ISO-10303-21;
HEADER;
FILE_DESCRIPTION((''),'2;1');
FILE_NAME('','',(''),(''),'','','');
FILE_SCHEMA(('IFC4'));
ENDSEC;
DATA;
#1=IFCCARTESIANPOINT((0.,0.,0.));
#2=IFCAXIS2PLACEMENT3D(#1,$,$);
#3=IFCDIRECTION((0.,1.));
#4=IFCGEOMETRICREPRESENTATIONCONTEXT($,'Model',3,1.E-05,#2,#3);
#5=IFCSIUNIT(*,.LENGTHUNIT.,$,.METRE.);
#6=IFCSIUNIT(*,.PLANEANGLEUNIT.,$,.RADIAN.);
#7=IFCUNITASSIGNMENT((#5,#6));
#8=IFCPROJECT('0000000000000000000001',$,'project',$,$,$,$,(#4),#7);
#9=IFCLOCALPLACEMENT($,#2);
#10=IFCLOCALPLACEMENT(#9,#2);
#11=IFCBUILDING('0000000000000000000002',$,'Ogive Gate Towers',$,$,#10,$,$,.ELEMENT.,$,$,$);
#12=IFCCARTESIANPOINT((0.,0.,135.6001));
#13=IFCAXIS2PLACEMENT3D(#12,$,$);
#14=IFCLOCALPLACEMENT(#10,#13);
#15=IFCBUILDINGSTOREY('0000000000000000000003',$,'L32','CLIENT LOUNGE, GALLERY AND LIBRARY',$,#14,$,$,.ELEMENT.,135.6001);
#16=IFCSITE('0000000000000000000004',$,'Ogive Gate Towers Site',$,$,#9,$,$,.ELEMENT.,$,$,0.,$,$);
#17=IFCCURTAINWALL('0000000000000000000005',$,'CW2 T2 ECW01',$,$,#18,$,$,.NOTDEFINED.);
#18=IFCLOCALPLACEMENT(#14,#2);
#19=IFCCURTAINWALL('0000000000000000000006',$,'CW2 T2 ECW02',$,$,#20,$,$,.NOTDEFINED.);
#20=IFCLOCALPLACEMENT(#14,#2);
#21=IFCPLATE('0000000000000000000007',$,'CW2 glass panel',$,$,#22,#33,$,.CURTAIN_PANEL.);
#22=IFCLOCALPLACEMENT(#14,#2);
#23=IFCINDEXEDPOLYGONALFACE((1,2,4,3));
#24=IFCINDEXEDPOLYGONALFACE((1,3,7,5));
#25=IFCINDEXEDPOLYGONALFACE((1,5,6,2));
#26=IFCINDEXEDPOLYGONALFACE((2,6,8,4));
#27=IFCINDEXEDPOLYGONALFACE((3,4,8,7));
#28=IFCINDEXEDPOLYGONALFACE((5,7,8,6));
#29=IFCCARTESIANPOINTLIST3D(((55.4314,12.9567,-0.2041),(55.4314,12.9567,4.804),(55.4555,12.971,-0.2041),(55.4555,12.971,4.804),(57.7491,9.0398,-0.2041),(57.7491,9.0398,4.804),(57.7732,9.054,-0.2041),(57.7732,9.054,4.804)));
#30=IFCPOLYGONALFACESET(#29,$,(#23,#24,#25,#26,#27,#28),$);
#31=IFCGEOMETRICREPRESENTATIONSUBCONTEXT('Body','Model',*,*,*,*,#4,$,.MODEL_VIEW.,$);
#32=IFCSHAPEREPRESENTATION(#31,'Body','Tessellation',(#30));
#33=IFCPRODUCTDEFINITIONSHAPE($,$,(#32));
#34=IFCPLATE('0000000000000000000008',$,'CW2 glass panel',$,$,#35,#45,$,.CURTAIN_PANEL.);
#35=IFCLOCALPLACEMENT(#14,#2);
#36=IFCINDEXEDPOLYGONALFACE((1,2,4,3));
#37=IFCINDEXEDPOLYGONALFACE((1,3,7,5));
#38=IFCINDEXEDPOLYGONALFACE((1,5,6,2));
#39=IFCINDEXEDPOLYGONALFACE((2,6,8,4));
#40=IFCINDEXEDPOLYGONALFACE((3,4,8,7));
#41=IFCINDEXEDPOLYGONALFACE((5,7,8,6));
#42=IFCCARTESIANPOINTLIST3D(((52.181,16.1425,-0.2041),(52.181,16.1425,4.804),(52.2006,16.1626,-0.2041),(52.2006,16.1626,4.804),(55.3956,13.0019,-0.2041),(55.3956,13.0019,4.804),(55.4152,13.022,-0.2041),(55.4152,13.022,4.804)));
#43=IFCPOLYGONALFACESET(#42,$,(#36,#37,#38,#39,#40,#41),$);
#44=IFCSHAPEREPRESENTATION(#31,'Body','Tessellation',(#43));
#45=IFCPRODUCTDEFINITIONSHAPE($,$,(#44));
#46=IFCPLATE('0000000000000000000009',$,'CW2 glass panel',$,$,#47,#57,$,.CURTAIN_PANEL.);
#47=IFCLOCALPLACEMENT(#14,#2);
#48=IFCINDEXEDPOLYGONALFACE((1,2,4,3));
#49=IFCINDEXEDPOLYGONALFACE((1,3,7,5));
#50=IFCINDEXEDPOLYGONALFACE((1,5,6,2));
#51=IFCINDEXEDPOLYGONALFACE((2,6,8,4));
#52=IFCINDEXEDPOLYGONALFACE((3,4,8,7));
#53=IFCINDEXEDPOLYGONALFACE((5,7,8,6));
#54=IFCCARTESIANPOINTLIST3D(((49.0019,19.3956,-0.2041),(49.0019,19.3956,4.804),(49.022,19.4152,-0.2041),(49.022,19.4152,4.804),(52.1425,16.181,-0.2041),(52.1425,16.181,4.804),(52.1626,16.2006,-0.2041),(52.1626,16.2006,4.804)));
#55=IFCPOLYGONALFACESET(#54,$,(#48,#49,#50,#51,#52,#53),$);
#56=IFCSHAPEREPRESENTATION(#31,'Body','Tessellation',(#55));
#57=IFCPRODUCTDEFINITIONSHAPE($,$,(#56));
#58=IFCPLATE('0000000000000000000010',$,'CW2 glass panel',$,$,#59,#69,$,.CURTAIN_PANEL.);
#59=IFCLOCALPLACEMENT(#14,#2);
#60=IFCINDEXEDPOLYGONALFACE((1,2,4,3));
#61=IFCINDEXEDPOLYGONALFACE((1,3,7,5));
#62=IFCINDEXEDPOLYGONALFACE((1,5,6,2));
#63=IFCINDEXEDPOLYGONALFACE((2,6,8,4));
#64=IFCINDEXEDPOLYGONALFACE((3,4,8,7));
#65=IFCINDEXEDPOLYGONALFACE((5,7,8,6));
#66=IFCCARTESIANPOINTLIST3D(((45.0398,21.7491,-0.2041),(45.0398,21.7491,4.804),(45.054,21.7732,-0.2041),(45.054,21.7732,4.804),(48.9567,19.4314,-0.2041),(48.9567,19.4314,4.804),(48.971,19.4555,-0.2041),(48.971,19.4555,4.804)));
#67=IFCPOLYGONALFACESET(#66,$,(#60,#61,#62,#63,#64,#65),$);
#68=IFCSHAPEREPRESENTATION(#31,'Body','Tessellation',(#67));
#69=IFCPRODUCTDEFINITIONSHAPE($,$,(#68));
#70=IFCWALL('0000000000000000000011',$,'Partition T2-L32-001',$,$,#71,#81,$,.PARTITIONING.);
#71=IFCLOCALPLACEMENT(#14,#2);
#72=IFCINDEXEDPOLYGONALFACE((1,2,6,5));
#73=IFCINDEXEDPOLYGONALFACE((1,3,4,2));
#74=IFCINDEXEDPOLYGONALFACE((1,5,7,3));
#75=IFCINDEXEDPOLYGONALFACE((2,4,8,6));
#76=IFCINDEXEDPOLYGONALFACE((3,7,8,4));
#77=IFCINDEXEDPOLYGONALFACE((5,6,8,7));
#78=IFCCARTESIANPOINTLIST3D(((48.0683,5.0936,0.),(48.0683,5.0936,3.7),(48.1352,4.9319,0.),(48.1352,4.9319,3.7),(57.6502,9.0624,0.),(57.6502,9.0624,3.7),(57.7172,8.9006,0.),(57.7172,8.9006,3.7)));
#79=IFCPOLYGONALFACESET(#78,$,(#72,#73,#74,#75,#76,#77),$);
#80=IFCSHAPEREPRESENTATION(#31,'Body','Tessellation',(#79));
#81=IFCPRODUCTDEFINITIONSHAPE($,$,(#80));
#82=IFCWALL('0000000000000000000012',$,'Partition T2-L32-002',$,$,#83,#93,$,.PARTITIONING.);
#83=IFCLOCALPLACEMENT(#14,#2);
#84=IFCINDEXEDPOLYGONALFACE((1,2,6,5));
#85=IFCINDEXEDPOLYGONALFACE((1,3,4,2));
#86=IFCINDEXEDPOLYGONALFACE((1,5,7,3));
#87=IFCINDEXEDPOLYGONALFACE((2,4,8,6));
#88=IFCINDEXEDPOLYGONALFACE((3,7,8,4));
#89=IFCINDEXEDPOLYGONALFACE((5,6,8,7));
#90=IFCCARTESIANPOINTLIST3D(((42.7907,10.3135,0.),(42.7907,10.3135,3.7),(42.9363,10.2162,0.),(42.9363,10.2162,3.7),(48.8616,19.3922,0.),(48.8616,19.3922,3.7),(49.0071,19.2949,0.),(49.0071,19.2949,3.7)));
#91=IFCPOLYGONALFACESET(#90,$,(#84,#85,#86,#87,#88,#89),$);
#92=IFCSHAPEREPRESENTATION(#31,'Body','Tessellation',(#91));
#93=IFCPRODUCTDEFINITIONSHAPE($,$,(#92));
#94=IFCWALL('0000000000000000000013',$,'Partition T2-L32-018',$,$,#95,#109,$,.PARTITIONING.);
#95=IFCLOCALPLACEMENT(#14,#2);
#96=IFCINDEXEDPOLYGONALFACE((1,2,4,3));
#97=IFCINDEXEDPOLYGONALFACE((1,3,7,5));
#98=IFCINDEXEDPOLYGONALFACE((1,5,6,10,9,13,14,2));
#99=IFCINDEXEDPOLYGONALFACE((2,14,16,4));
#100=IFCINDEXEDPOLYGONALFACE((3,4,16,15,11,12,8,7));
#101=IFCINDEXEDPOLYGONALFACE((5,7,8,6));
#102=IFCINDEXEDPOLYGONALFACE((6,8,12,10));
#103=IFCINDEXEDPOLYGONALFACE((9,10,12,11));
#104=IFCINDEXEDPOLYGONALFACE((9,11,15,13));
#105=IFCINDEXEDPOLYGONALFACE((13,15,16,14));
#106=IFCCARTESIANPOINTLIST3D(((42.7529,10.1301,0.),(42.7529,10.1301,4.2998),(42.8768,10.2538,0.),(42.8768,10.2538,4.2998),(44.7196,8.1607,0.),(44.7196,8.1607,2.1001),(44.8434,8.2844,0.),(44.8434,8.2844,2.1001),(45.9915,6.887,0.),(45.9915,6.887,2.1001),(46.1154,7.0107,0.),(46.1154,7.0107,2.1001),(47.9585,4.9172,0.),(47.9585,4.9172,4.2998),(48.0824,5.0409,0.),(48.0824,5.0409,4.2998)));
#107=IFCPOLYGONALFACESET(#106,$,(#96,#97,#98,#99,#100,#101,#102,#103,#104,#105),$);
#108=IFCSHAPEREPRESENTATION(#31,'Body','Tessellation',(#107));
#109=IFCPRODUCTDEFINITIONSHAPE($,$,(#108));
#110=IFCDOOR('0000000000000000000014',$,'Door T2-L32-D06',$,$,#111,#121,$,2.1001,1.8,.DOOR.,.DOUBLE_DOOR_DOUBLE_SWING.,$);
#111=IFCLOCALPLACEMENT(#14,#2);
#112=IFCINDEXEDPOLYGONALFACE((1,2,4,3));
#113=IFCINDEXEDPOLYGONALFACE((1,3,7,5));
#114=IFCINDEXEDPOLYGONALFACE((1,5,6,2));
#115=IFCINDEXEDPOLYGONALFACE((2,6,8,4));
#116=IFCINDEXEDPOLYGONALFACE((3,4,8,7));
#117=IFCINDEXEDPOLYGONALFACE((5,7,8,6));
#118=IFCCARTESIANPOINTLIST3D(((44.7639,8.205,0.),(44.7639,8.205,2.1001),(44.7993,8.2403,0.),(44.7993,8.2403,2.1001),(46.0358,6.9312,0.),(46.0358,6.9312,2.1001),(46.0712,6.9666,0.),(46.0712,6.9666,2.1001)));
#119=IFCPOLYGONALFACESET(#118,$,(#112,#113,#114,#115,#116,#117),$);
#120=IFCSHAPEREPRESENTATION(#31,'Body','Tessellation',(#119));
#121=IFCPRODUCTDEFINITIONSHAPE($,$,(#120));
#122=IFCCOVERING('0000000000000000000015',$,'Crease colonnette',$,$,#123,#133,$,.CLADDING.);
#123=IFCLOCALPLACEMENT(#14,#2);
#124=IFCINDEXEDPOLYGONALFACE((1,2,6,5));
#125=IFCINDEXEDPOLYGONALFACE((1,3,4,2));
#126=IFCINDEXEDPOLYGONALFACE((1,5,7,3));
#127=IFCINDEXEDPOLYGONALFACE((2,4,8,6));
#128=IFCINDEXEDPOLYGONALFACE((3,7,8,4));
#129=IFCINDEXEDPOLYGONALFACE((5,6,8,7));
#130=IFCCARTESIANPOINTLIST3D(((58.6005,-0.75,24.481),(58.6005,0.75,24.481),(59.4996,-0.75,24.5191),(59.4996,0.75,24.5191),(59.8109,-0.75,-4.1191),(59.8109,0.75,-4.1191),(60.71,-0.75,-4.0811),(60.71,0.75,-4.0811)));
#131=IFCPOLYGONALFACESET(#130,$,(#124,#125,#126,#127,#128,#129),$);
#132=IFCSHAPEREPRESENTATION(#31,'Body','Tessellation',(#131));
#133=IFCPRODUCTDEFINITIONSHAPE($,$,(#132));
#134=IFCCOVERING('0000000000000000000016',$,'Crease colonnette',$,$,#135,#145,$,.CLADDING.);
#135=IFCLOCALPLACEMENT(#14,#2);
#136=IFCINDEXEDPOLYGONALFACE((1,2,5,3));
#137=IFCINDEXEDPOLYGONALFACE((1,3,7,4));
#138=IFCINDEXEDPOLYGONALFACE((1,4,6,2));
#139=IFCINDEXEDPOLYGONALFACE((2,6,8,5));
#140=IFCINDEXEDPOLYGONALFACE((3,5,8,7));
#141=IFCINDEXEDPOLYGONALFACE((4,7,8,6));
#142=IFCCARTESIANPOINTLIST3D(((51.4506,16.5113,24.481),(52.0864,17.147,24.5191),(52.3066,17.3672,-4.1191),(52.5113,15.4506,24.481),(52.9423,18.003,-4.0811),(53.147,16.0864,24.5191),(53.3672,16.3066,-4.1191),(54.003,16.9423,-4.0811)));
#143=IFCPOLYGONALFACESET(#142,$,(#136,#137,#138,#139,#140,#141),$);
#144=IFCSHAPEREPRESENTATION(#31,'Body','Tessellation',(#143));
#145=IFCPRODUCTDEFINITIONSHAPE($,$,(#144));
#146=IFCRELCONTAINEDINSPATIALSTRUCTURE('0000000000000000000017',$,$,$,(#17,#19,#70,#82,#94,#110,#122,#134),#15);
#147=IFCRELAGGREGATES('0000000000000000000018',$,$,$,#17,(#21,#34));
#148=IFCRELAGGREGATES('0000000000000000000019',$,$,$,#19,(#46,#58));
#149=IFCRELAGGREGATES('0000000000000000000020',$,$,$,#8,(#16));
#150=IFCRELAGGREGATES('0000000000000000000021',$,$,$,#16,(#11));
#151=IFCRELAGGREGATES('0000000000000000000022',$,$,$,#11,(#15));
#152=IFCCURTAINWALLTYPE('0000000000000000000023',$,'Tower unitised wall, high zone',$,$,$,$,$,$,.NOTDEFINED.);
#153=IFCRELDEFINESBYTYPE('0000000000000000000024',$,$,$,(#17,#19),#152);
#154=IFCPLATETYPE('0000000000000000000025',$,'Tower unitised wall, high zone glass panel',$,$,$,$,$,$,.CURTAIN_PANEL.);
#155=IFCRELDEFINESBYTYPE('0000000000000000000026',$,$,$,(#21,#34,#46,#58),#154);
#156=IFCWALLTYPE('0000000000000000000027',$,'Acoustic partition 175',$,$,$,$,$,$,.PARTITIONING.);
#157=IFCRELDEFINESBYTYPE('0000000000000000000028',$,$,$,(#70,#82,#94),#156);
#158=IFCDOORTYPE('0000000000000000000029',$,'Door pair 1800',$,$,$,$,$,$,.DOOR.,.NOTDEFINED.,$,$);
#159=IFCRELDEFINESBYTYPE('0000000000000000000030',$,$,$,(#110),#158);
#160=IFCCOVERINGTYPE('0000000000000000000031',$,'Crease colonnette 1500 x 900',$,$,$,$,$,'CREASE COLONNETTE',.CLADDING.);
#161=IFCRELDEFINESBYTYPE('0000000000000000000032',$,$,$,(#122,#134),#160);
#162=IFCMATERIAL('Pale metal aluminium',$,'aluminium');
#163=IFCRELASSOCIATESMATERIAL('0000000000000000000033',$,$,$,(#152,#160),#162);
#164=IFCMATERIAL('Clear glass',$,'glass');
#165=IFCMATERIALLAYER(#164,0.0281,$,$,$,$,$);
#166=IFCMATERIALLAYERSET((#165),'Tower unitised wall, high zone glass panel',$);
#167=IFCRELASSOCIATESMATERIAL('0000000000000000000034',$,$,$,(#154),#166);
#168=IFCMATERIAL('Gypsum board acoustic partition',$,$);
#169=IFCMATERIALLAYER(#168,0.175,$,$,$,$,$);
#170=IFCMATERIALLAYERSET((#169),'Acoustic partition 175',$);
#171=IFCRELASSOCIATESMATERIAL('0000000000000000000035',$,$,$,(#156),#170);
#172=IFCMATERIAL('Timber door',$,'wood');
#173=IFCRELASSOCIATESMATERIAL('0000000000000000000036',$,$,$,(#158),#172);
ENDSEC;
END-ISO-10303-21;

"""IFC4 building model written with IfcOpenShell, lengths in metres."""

from ifc_helpers import new_model, si_unit, direction, frame, frame_2d, origin, origin_2d, place, context, subcontext, project, spatial, rectangle, extrude, material, layer, layer_set, material_profile, profile_set, type_object, element, fill, aggregate, save


model = new_model("IFC4")

# Units and contexts
model_context = context("Model", 3, precision=1e-05, world=origin(), true_north=direction((0.0, 1.0)))
body_context = subcontext(model_context, "Body", "Model", "MODEL_VIEW")
ifc_project = project(units=[si_unit("LENGTHUNIT", "METRE"), si_unit("PLANEANGLEUNIT", "RADIAN")], contexts=[model_context])

# Site, building, storey
site_placement = place(None, origin())
site = spatial("IfcSite", under=ifc_project, at=site_placement, Name="Ogive Gate Towers Site", CompositionType="ELEMENT", RefElevation=0.0)
building_placement = place(site_placement, origin())
building = spatial("IfcBuilding", under=site, at=building_placement, Name="Ogive Gate Towers", CompositionType="ELEMENT")
storey_placement = place(building_placement, frame((0.0, 0.0, 135.6001)))
storey = spatial("IfcBuildingStorey", under=building, at=storey_placement, Name="L32", Description="CLIENT LOUNGE, GALLERY AND LIBRARY", CompositionType="ELEMENT", Elevation=135.6001)

# Curtain wall
ifc_material_1 = material(Name="Pale metal aluminium", Category="aluminium")
curtain_wall_type = type_object("IfcCurtainWallType", Name="Tower unitised wall, high zone", PredefinedType="NOTDEFINED", material=ifc_material_1)
curtain_wall_1_placement = place(storey_placement, origin())
curtain_wall_1 = element("IfcCurtainWall", 1, at=curtain_wall_1_placement, inside=storey, type_object=curtain_wall_type, Name="CW2 T2 ECW01", PredefinedType="NOTDEFINED")

# Curtain wall
curtain_wall_2_placement = place(storey_placement, origin())
curtain_wall_2 = element("IfcCurtainWall", 2, at=curtain_wall_2_placement, inside=storey, type_object=curtain_wall_type, Name="CW2 T2 ECW02", PredefinedType="NOTDEFINED")

# Plates
ifc_material_2 = material(Name="Clear glass", Category="glass")
ifc_layer_1 = layer(ifc_material_2, 0.0281)
ifc_layer_set_1 = layer_set([ifc_layer_1], Name="Tower unitised wall, high zone glass panel")
plate_type = type_object("IfcPlateType", Name="Tower unitised wall, high zone glass panel", PredefinedType="CURTAIN_PANEL", material=ifc_layer_set_1)
plate_1_placement = place(storey_placement, frame((56.6023, 11.0054, -0.2041), z_axis=(0.0, 0.0, 1.0), x_axis=(-0.509237, 0.860627, 0.0)))
plate_1 = element("IfcPlate", 3, at=plate_1_placement, type_object=plate_type, Name="CW2 glass panel", PredefinedType="CURTAIN_PANEL", context=body_context, shape_type="SweptSolid", body=[
    extrude(rectangle(XDim=4.5513, YDim=0.0281, at=origin_2d()), origin(), (0.0, 0.0, 1.0), 5.0081),
])
plate_2_placement = place(storey_placement, frame((53.7981, 14.5823, -0.2041), z_axis=(0.0, 0.0, 1.0), x_axis=(-0.715303, 0.698815, 0.0)))
plate_2 = element("IfcPlate", 4, at=plate_2_placement, type_object=plate_type, Name="CW2 glass panel", PredefinedType="CURTAIN_PANEL", context=body_context, shape_type="SweptSolid", body=[
    extrude(rectangle(XDim=4.4941, YDim=0.0281, at=origin_2d()), origin(), (0.0, 0.0, 1.0), 5.0081),
])
aggregate(curtain_wall_1, [plate_1, plate_2])
plate_3_placement = place(storey_placement, frame((50.5823, 17.7981, -0.2041), z_axis=(0.0, 0.0, 1.0), x_axis=(-0.698815, 0.715303, 0.0)))
plate_3 = element("IfcPlate", 5, at=plate_3_placement, type_object=plate_type, Name="CW2 glass panel", PredefinedType="CURTAIN_PANEL", context=body_context, shape_type="SweptSolid", body=[
    extrude(rectangle(XDim=4.4941, YDim=0.0281, at=origin_2d()), origin(), (0.0, 0.0, 1.0), 5.0081),
])
plate_4_placement = place(storey_placement, frame((47.0054, 20.6023, -0.2041), z_axis=(0.0, 0.0, 1.0), x_axis=(-0.860627, 0.509237, 0.0)))
plate_4 = element("IfcPlate", 6, at=plate_4_placement, type_object=plate_type, Name="CW2 glass panel", PredefinedType="CURTAIN_PANEL", context=body_context, shape_type="SweptSolid", body=[
    extrude(rectangle(XDim=4.5513, YDim=0.0281, at=origin_2d()), origin(), (0.0, 0.0, 1.0), 5.0081),
])
aggregate(curtain_wall_2, [plate_3, plate_4])

# Walls
ifc_material_3 = material(Name="Gypsum board acoustic partition")
ifc_layer_2 = layer(ifc_material_3, 0.175)
ifc_layer_set_2 = layer_set([ifc_layer_2], Name="Acoustic partition 175")
wall_type = type_object("IfcWallType", Name="Acoustic partition 175", PredefinedType="PARTITIONING", material=ifc_layer_set_2)
wall_1_placement = place(storey_placement, frame((57.6836, 8.9814, 0.0), z_axis=(0.0, 0.0, 1.0), x_axis=(-0.923888, -0.382662, 0.0)))
element("IfcWall", 7, at=wall_1_placement, inside=storey, type_object=wall_type, Name="Partition T2-L32-001", PredefinedType="PARTITIONING", context=body_context, shape_type="SweptSolid", body=[
    extrude(rectangle(XDim=10.3713, YDim=0.175, at=frame_2d((5.1855, 0.0))), origin(), (0.0, 0.0, 1.0), 3.7),
])
wall_2_placement = place(storey_placement, frame((48.9343, 19.3435, 0.0), z_axis=(0.0, 0.0, 1.0), x_axis=(-0.555866, -0.831272, 0.0)))
element("IfcWall", 8, at=wall_2_placement, inside=storey, type_object=wall_type, Name="Partition T2-L32-002", PredefinedType="PARTITIONING", context=body_context, shape_type="SweptSolid", body=[
    extrude(rectangle(XDim=10.9214, YDim=0.175, at=frame_2d((5.4607, 0.0))), origin(), (0.0, 0.0, 1.0), 3.7),
])

# Wall, opening, door
wall_3_placement = place(storey_placement, frame((48.0205, 4.979, 0.0), z_axis=(0.0, 0.0, 1.0), x_axis=(-0.70661, 0.707604, 0.0)))
wall_3 = element("IfcWall", 9, at=wall_3_placement, inside=storey, type_object=wall_type, Name="Partition T2-L32-018", PredefinedType="PARTITIONING", context=body_context, shape_type="SweptSolid", body=[
    extrude(rectangle(XDim=7.3669, YDim=0.175, at=frame_2d((3.6836, 0.0))), origin(), (0.0, 0.0, 1.0), 4.2998),
])
opening_placement = place(wall_3_placement, frame((2.7839, 0.0, 0.0)))
opening = element("IfcOpeningElement", 10, at=opening_placement, cuts=wall_3, PredefinedType="OPENING", context=body_context, shape_type="SweptSolid", body=[
    extrude(rectangle(XDim=1.8, YDim=2.1001, at=frame_2d((0.8999, 1.05))), frame((0.0, 0.0977, 0.0), z_axis=(0.0, -1.0, 0.0), x_axis=(1.0, 0.0, 0.0)), (0.0, 0.0, 1.0), 0.1951),
])
ifc_material_4 = material(Name="Timber door", Category="wood")
door_type = type_object("IfcDoorType", Name="Door pair 1800", OperationType="NOTDEFINED", PredefinedType="DOOR", material=ifc_material_4)
door_placement = place(opening_placement, origin())
door = element("IfcDoor", 11, at=door_placement, inside=storey, type_object=door_type, Name="Door T2-L32-D06", OperationType="DOUBLE_DOOR_DOUBLE_SWING", OverallHeight=2.1001, OverallWidth=1.8, PredefinedType="DOOR", context=body_context, shape_type="SweptSolid", body=[
    extrude(rectangle(XDim=1.8, YDim=2.1001, at=frame_2d((0.8999, 1.05))), frame((0.0, 0.0249, 0.0), z_axis=(0.0, -1.0, 0.0), x_axis=(1.0, 0.0, 0.0)), (0.0, 0.0, 1.0), 0.05),
])
fill(opening, door)

# Coverings
ifc_material_profile_1 = material_profile(ifc_material_1, rectangle(XDim=1.5, YDim=0.8999, at=origin_2d()), Name="1500 x 900 pale metal aluminium")
ifc_profile_set_1 = profile_set([ifc_material_profile_1], Name="Pale metal aluminium")
covering_type = type_object("IfcCoveringType", Name="Crease colonnette 1500 x 900", ElementType="CREASE COLONNETTE", PredefinedType="CLADDING", material=ifc_profile_set_1)
for number, where, z_axis, x_axis, name in (
    (12, (60.2605, 0.0, -4.1001), (-0.042285, 0.0, 0.999106), (0.0, -1.0, 0.0), "Crease colonnette"),
    (13, (53.1548, 17.1548, -4.1001), (-0.029902, -0.029902, 0.999105), (0.707107, -0.707107, 0.0), "Crease colonnette"),
):
    element("IfcCovering", number, at=place(storey_placement, frame(where, z_axis=z_axis, x_axis=x_axis)), inside=storey, type_object=covering_type, Name=name, PredefinedType="CLADDING", context=body_context, shape_type="SweptSolid", body=[
        extrude(rectangle(XDim=1.5, YDim=0.8999, at=origin_2d()), origin(), (0.0, 0.0, 1.0), 28.6257),
    ])

save(model, "model.ifc")
